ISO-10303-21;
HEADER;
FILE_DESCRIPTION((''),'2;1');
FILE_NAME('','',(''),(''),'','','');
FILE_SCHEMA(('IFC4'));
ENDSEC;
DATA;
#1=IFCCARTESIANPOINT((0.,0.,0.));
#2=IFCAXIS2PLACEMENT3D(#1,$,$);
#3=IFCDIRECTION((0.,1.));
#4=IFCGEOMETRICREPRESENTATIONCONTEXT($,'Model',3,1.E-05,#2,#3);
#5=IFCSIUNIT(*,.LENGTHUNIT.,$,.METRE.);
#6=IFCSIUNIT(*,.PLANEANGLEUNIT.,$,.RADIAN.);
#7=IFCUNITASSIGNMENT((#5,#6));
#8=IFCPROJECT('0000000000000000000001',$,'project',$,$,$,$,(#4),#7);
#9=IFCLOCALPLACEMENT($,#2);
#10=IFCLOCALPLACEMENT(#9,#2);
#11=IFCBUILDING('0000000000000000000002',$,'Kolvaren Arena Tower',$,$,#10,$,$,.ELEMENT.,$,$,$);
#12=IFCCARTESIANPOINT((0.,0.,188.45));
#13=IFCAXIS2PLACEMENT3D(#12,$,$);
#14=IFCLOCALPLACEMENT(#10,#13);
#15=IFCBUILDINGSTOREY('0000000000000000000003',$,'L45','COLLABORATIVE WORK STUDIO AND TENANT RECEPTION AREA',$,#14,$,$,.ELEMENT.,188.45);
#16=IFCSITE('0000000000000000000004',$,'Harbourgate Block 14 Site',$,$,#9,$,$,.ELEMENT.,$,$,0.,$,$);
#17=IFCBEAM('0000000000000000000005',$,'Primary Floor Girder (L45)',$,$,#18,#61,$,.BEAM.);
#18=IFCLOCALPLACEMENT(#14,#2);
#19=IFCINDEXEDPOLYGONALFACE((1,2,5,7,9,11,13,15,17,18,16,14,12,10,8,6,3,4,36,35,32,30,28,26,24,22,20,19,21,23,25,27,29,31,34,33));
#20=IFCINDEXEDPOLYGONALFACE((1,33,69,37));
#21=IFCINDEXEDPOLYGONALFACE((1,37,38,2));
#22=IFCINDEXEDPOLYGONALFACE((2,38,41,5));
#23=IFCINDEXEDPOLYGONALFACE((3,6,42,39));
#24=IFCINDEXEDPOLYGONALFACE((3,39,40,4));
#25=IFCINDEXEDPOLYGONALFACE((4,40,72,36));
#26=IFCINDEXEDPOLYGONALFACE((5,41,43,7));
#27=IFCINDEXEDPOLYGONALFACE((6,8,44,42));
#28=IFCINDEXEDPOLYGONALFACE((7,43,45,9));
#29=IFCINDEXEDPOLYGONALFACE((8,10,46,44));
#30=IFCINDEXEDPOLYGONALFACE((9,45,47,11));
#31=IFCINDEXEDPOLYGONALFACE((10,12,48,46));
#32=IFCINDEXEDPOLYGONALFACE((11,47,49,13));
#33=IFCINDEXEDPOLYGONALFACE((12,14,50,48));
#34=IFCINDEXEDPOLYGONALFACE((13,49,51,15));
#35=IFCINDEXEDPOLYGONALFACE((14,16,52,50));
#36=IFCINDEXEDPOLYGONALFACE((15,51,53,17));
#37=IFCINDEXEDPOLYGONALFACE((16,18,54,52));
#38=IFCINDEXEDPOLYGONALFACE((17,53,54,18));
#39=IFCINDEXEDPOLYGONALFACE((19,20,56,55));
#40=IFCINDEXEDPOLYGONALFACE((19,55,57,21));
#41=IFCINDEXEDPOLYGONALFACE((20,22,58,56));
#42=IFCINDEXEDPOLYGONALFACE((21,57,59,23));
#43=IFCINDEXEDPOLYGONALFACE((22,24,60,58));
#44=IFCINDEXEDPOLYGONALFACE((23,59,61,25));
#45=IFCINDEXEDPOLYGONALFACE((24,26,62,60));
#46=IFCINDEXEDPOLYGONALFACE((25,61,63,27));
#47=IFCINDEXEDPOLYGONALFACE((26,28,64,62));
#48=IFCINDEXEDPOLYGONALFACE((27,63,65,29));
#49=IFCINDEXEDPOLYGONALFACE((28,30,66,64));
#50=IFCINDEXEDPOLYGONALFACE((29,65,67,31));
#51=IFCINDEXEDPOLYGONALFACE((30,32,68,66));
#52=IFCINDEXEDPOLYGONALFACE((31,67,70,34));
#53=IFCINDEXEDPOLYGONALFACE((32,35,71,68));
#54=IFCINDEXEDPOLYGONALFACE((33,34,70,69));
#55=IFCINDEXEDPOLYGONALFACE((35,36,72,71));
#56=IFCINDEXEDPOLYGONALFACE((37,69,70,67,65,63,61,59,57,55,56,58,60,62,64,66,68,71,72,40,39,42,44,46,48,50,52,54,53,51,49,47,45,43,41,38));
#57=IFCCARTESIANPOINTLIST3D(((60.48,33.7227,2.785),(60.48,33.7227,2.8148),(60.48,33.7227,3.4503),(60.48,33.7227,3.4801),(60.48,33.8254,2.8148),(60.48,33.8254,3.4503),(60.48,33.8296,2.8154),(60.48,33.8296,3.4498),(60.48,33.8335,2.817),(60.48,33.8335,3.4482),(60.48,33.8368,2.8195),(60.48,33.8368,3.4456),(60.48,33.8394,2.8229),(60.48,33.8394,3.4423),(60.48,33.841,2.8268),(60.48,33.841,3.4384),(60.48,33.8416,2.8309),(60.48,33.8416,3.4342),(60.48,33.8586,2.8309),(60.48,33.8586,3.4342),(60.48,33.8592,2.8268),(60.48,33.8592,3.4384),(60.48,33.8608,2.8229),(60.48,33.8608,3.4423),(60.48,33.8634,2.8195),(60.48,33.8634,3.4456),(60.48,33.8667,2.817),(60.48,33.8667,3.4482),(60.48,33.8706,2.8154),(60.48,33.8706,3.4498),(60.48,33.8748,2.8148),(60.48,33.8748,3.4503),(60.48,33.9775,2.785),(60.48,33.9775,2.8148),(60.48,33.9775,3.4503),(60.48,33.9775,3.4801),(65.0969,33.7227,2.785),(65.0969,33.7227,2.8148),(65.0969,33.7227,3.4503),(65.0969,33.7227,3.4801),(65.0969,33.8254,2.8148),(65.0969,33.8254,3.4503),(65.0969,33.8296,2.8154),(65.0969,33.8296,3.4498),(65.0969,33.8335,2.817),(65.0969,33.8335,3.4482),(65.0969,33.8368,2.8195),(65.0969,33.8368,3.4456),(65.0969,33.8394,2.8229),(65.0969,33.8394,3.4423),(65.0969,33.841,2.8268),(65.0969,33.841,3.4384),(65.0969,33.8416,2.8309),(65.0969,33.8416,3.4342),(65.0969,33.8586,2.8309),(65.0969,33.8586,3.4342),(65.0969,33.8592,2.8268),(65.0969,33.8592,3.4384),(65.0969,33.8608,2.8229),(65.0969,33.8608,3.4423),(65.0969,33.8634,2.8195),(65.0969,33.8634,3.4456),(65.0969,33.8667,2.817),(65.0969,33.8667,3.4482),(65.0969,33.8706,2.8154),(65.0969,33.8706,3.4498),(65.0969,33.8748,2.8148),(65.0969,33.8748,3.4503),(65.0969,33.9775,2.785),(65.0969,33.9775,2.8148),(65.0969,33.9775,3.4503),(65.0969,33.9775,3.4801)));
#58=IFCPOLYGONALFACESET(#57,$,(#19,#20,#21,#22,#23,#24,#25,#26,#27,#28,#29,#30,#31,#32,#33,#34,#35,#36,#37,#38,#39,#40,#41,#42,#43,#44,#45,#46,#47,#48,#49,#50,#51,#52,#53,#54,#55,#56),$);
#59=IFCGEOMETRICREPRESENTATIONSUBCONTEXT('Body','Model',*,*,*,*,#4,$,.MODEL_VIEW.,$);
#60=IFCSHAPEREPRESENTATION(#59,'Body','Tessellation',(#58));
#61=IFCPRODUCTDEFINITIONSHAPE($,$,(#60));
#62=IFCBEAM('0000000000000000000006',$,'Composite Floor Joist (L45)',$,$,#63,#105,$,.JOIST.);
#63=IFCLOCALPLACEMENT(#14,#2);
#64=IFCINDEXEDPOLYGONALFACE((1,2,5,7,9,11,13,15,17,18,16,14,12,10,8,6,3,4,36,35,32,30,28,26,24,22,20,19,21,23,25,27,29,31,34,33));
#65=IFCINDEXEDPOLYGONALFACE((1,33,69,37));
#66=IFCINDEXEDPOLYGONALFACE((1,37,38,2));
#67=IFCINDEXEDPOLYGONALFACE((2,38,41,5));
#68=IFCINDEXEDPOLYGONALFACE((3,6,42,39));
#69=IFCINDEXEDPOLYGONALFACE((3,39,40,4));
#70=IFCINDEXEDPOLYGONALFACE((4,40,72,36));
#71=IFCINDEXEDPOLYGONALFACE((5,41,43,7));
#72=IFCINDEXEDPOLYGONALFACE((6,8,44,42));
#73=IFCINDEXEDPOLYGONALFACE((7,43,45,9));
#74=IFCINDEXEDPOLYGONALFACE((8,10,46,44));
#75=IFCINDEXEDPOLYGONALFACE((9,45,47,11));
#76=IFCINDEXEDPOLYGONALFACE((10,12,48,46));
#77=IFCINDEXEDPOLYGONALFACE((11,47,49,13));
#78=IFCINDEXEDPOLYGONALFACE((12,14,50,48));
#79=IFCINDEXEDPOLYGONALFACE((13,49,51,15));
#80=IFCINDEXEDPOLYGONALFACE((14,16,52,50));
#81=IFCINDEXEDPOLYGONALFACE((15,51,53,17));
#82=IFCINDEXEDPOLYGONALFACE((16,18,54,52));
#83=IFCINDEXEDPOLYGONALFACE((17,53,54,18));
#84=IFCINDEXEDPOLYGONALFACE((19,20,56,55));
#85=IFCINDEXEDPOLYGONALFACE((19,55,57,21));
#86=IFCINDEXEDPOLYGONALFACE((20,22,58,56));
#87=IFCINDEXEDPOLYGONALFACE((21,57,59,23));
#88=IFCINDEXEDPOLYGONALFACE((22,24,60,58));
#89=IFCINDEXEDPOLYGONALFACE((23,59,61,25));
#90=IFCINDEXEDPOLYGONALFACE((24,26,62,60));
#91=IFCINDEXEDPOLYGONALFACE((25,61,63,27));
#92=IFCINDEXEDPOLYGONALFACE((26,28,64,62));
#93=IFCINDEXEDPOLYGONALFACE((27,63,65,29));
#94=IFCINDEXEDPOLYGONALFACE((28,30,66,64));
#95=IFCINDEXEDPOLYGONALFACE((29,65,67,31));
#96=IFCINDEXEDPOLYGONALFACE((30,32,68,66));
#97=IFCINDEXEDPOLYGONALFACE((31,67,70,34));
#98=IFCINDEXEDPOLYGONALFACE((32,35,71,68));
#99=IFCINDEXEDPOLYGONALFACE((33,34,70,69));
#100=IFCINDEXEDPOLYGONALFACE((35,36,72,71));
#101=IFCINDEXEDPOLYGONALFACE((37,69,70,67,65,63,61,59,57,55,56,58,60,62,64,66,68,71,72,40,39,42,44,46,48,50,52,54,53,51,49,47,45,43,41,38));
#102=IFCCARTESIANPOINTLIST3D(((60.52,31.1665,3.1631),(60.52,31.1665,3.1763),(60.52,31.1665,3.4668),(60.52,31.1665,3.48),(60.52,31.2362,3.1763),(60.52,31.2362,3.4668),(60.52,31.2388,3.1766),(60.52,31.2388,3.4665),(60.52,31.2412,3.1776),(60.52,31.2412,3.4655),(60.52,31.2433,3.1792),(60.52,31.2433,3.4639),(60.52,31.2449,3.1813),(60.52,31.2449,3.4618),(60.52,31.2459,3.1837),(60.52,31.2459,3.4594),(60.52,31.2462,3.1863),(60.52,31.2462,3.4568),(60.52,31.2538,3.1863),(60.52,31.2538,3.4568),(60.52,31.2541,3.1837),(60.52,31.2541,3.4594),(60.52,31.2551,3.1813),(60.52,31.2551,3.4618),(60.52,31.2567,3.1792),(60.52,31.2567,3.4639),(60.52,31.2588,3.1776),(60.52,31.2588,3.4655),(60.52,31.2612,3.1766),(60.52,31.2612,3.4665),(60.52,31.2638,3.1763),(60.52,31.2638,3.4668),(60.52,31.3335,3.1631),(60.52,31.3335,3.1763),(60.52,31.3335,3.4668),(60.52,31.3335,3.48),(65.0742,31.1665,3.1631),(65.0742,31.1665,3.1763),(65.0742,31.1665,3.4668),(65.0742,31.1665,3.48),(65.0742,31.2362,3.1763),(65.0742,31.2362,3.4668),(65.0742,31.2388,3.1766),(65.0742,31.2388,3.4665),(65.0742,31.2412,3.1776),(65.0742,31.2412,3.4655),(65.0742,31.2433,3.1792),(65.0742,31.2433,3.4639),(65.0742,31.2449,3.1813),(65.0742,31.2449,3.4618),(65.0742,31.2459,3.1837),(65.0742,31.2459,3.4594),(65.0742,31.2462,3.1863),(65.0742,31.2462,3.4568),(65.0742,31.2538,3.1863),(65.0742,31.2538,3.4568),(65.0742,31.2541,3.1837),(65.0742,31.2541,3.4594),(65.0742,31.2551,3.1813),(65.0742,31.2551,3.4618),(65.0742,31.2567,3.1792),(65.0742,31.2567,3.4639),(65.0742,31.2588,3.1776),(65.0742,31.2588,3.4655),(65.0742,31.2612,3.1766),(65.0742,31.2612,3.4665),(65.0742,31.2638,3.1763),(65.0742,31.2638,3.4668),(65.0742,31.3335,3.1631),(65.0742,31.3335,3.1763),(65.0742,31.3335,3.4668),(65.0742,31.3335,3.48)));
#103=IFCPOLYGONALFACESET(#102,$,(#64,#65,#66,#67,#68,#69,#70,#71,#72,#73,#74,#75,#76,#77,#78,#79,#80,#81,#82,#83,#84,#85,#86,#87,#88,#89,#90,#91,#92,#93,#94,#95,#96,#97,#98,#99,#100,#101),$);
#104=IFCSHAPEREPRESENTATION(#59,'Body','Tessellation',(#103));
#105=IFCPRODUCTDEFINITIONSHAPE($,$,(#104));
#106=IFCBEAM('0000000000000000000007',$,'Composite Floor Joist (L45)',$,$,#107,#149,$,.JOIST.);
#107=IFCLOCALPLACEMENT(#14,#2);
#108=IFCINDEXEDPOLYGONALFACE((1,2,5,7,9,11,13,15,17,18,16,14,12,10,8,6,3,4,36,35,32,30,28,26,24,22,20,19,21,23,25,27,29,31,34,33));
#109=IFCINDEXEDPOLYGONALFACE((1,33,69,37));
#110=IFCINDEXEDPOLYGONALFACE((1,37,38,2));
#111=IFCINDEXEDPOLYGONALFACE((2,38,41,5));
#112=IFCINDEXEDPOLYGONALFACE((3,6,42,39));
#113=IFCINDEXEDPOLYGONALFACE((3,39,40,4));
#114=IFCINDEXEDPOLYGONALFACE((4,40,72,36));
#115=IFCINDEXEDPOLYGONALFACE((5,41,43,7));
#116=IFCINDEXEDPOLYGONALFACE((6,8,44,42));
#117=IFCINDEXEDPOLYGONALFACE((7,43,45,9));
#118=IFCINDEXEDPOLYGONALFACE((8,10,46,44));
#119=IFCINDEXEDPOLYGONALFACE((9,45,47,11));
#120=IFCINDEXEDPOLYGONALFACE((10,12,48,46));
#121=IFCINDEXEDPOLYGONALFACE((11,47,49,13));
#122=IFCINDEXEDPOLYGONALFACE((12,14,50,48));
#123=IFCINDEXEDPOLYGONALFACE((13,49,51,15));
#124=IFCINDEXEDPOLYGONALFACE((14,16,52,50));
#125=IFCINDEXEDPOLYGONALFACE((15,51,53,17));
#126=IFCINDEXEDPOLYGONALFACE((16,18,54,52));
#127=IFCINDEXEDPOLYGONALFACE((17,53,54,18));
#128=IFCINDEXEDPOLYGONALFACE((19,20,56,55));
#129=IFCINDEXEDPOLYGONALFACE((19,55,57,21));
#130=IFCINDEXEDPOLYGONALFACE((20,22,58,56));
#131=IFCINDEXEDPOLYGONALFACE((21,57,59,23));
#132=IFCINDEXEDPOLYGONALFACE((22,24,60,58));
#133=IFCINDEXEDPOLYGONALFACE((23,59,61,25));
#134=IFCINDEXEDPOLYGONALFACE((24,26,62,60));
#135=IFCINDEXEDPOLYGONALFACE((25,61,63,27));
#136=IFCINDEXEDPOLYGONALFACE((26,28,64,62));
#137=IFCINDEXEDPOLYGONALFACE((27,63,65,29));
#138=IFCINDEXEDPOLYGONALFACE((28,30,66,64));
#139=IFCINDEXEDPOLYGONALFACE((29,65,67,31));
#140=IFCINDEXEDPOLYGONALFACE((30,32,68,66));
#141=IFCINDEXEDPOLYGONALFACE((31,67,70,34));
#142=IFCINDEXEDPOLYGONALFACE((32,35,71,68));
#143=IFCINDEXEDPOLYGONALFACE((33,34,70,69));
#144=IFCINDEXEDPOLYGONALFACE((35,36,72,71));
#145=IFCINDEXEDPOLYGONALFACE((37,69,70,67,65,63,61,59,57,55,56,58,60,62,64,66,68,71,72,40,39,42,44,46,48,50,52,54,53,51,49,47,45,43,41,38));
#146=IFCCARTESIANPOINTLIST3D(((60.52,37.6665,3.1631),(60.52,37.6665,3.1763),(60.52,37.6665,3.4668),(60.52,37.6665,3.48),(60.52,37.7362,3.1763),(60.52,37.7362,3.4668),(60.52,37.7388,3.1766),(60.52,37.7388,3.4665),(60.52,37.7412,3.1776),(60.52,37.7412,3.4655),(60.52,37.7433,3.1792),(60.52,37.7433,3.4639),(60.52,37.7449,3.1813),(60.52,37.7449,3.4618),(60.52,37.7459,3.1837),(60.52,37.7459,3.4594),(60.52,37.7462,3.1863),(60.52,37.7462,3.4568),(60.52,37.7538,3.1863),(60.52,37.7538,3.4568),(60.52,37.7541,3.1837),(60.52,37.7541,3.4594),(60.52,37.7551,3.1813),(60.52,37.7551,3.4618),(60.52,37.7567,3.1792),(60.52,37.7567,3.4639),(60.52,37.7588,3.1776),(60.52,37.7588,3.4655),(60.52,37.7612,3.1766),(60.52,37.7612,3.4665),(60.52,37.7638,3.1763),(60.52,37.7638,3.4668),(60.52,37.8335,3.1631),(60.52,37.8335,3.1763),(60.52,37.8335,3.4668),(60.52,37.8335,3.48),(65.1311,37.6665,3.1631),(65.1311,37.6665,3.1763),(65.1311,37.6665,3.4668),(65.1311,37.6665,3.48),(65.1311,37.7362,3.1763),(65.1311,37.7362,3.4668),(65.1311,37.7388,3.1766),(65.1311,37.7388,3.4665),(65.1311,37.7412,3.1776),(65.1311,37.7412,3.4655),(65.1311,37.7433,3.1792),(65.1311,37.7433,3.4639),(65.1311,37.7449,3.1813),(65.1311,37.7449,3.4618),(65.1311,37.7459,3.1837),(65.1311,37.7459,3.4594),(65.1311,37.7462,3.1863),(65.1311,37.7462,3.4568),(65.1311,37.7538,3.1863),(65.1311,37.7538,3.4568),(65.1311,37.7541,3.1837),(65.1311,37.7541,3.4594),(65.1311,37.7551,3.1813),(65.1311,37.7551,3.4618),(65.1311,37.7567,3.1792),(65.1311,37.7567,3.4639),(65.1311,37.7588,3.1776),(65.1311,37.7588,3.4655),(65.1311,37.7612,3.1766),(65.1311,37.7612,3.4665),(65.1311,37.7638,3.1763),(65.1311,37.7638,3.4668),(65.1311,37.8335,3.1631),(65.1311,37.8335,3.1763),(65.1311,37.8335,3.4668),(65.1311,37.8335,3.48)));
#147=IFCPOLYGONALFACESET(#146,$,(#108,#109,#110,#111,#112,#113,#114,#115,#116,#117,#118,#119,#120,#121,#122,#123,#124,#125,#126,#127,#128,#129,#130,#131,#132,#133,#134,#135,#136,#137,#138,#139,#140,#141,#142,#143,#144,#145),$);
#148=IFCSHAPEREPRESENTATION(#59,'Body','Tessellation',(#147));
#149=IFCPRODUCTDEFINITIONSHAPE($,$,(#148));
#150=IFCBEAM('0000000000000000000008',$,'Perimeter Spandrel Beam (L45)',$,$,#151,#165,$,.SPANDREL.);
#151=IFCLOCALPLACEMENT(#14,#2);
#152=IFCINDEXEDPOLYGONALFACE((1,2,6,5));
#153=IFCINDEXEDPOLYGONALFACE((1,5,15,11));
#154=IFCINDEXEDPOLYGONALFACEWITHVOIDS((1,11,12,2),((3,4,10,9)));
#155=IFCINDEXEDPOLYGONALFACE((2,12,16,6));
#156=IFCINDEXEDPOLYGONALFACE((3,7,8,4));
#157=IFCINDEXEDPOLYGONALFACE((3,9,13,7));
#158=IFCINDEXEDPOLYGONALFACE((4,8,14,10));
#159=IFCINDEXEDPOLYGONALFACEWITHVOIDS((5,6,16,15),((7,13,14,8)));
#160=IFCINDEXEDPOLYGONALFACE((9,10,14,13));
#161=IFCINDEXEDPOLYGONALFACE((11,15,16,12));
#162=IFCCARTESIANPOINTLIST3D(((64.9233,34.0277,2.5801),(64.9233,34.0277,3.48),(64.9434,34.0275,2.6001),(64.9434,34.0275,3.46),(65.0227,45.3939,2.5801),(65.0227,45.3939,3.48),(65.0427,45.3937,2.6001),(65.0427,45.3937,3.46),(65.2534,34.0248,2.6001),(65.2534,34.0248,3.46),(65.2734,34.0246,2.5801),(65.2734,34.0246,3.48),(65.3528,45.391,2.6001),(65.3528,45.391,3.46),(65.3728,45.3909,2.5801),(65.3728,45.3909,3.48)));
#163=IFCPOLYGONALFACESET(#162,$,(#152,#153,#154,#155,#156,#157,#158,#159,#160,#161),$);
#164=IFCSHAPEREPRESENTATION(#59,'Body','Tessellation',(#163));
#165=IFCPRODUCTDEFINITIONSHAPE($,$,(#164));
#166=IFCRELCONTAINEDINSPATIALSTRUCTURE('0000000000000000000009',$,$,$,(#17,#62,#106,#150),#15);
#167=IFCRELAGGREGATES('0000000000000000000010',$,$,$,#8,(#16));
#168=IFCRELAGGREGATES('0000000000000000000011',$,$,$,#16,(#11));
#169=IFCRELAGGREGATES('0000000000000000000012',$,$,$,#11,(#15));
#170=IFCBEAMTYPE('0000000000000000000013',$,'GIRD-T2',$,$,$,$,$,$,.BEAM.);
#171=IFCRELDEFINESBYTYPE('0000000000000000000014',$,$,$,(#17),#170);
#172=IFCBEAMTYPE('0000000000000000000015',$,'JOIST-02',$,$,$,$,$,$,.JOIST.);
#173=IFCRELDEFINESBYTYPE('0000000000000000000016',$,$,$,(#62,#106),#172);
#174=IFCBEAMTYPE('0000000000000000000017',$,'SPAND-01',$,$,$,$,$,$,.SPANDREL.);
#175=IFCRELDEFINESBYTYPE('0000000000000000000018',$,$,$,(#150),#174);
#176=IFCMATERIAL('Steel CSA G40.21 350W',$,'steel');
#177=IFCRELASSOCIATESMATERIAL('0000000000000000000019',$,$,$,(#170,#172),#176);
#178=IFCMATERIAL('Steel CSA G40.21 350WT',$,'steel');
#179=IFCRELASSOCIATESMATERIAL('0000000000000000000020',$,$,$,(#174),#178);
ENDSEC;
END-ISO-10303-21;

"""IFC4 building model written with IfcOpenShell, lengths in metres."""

from ifc_helpers import new_model, si_unit, direction, frame, origin, origin_2d, place, context, subcontext, project, spatial, hollow_rectangle, i_section, extrude, material, material_profile, profile_set, type_object, element, save


model = new_model("IFC4")

# Units and contexts
model_context = context("Model", 3, precision=1e-05, world=origin(), true_north=direction((0.0, 1.0)))
body_context = subcontext(model_context, "Body", "Model", "MODEL_VIEW")
ifc_project = project(units=[si_unit("LENGTHUNIT", "METRE"), si_unit("PLANEANGLEUNIT", "RADIAN")], contexts=[model_context])

# Site, building, storey
site_placement = place(None, origin())
site = spatial("IfcSite", under=ifc_project, at=site_placement, Name="Harbourgate Block 14 Site", CompositionType="ELEMENT", RefElevation=0.0)
building_placement = place(site_placement, origin())
building = spatial("IfcBuilding", under=site, at=building_placement, Name="Kolvaren Arena Tower", CompositionType="ELEMENT")
storey_placement = place(building_placement, frame((0.0, 0.0, 188.45)))
storey = spatial("IfcBuildingStorey", under=building, at=storey_placement, Name="L45", Description="COLLABORATIVE WORK STUDIO AND TENANT RECEPTION AREA", CompositionType="ELEMENT", Elevation=188.45)

# Beams
ifc_material_1 = material(Name="Steel CSA G40.21 350W", Category="steel")
ifc_material_profile_1 = material_profile(ifc_material_1, i_section(OverallWidth=0.2549, OverallDepth=0.6951, WebThickness=0.0171, FlangeThickness=0.0298, FilletRadius=0.0161, at=origin_2d()), Name="W690x217")
ifc_profile_set_1 = profile_set([ifc_material_profile_1], Name="Steel CSA G40.21 350W")
beam_type_1 = type_object("IfcBeamType", Name="GIRD-T2", PredefinedType="BEAM", material=ifc_profile_set_1)
beam_1_placement = place(storey_placement, frame((60.48, 33.8501, 3.1326), z_axis=(1.0, 0.0, 0.0), x_axis=(0.0, 1.0, 0.0)))
element("IfcBeam", 1, at=beam_1_placement, inside=storey, type_object=beam_type_1, Name="Primary Floor Girder (L45)", PredefinedType="BEAM", context=body_context, shape_type="SweptSolid", body=[
    extrude(i_section(OverallWidth=0.2549, OverallDepth=0.6951, WebThickness=0.0171, FlangeThickness=0.0298, FilletRadius=0.0161, at=origin_2d()), origin(), (0.0, 0.0, 1.0), 4.6169),
])
ifc_material_profile_2 = material_profile(ifc_material_1, i_section(OverallWidth=0.167, OverallDepth=0.3169, WebThickness=0.0076, FlangeThickness=0.0132, FilletRadius=0.01, at=origin_2d()), Name="W310x52")
ifc_profile_set_2 = profile_set([ifc_material_profile_2], Name="Steel CSA G40.21 350W")
beam_type_2 = type_object("IfcBeamType", Name="JOIST-02", PredefinedType="JOIST", material=ifc_profile_set_2)
beam_2_placement = place(storey_placement, frame((60.52, 31.25, 3.3215), z_axis=(1.0, 0.0, 0.0), x_axis=(0.0, 1.0, 0.0)))
element("IfcBeam", 2, at=beam_2_placement, inside=storey, type_object=beam_type_2, Name="Composite Floor Joist (L45)", PredefinedType="JOIST", context=body_context, shape_type="SweptSolid", body=[
    extrude(i_section(OverallWidth=0.167, OverallDepth=0.3169, WebThickness=0.0076, FlangeThickness=0.0132, FilletRadius=0.01, at=origin_2d()), origin(), (0.0, 0.0, 1.0), 4.5542),
])
beam_3_placement = place(storey_placement, frame((60.52, 37.75, 3.3215), z_axis=(1.0, 0.0, 0.0), x_axis=(0.0, 1.0, 0.0)))
element("IfcBeam", 3, at=beam_3_placement, inside=storey, type_object=beam_type_2, Name="Composite Floor Joist (L45)", PredefinedType="JOIST", context=body_context, shape_type="SweptSolid", body=[
    extrude(i_section(OverallWidth=0.167, OverallDepth=0.3169, WebThickness=0.0076, FlangeThickness=0.0132, FilletRadius=0.01, at=origin_2d()), origin(), (0.0, 0.0, 1.0), 4.6111),
])
ifc_material_2 = material(Name="Steel CSA G40.21 350WT", Category="steel")
ifc_material_profile_3 = material_profile(ifc_material_2, hollow_rectangle(XDim=0.3501, YDim=0.8999, WallThickness=0.02, at=origin_2d()), Name="HSS 900x350x20")
ifc_profile_set_3 = profile_set([ifc_material_profile_3], Name="Steel CSA G40.21 350WT")
beam_type_3 = type_object("IfcBeamType", Name="SPAND-01", PredefinedType="SPANDREL", material=ifc_profile_set_3)
beam_4_placement = place(storey_placement, frame((65.0984, 34.0261, 3.03), z_axis=(0.008742, 0.999962, 0.0), x_axis=(-0.999962, 0.008742, 0.0)))
element("IfcBeam", 4, at=beam_4_placement, inside=storey, type_object=beam_type_3, Name="Perimeter Spandrel Beam (L45)", PredefinedType="SPANDREL", context=body_context, shape_type="SweptSolid", body=[
    extrude(hollow_rectangle(XDim=0.3501, YDim=0.8999, WallThickness=0.02, at=origin_2d()), origin(), (0.0, 0.0, 1.0), 11.3667),
])

save(model, "model.ifc")
